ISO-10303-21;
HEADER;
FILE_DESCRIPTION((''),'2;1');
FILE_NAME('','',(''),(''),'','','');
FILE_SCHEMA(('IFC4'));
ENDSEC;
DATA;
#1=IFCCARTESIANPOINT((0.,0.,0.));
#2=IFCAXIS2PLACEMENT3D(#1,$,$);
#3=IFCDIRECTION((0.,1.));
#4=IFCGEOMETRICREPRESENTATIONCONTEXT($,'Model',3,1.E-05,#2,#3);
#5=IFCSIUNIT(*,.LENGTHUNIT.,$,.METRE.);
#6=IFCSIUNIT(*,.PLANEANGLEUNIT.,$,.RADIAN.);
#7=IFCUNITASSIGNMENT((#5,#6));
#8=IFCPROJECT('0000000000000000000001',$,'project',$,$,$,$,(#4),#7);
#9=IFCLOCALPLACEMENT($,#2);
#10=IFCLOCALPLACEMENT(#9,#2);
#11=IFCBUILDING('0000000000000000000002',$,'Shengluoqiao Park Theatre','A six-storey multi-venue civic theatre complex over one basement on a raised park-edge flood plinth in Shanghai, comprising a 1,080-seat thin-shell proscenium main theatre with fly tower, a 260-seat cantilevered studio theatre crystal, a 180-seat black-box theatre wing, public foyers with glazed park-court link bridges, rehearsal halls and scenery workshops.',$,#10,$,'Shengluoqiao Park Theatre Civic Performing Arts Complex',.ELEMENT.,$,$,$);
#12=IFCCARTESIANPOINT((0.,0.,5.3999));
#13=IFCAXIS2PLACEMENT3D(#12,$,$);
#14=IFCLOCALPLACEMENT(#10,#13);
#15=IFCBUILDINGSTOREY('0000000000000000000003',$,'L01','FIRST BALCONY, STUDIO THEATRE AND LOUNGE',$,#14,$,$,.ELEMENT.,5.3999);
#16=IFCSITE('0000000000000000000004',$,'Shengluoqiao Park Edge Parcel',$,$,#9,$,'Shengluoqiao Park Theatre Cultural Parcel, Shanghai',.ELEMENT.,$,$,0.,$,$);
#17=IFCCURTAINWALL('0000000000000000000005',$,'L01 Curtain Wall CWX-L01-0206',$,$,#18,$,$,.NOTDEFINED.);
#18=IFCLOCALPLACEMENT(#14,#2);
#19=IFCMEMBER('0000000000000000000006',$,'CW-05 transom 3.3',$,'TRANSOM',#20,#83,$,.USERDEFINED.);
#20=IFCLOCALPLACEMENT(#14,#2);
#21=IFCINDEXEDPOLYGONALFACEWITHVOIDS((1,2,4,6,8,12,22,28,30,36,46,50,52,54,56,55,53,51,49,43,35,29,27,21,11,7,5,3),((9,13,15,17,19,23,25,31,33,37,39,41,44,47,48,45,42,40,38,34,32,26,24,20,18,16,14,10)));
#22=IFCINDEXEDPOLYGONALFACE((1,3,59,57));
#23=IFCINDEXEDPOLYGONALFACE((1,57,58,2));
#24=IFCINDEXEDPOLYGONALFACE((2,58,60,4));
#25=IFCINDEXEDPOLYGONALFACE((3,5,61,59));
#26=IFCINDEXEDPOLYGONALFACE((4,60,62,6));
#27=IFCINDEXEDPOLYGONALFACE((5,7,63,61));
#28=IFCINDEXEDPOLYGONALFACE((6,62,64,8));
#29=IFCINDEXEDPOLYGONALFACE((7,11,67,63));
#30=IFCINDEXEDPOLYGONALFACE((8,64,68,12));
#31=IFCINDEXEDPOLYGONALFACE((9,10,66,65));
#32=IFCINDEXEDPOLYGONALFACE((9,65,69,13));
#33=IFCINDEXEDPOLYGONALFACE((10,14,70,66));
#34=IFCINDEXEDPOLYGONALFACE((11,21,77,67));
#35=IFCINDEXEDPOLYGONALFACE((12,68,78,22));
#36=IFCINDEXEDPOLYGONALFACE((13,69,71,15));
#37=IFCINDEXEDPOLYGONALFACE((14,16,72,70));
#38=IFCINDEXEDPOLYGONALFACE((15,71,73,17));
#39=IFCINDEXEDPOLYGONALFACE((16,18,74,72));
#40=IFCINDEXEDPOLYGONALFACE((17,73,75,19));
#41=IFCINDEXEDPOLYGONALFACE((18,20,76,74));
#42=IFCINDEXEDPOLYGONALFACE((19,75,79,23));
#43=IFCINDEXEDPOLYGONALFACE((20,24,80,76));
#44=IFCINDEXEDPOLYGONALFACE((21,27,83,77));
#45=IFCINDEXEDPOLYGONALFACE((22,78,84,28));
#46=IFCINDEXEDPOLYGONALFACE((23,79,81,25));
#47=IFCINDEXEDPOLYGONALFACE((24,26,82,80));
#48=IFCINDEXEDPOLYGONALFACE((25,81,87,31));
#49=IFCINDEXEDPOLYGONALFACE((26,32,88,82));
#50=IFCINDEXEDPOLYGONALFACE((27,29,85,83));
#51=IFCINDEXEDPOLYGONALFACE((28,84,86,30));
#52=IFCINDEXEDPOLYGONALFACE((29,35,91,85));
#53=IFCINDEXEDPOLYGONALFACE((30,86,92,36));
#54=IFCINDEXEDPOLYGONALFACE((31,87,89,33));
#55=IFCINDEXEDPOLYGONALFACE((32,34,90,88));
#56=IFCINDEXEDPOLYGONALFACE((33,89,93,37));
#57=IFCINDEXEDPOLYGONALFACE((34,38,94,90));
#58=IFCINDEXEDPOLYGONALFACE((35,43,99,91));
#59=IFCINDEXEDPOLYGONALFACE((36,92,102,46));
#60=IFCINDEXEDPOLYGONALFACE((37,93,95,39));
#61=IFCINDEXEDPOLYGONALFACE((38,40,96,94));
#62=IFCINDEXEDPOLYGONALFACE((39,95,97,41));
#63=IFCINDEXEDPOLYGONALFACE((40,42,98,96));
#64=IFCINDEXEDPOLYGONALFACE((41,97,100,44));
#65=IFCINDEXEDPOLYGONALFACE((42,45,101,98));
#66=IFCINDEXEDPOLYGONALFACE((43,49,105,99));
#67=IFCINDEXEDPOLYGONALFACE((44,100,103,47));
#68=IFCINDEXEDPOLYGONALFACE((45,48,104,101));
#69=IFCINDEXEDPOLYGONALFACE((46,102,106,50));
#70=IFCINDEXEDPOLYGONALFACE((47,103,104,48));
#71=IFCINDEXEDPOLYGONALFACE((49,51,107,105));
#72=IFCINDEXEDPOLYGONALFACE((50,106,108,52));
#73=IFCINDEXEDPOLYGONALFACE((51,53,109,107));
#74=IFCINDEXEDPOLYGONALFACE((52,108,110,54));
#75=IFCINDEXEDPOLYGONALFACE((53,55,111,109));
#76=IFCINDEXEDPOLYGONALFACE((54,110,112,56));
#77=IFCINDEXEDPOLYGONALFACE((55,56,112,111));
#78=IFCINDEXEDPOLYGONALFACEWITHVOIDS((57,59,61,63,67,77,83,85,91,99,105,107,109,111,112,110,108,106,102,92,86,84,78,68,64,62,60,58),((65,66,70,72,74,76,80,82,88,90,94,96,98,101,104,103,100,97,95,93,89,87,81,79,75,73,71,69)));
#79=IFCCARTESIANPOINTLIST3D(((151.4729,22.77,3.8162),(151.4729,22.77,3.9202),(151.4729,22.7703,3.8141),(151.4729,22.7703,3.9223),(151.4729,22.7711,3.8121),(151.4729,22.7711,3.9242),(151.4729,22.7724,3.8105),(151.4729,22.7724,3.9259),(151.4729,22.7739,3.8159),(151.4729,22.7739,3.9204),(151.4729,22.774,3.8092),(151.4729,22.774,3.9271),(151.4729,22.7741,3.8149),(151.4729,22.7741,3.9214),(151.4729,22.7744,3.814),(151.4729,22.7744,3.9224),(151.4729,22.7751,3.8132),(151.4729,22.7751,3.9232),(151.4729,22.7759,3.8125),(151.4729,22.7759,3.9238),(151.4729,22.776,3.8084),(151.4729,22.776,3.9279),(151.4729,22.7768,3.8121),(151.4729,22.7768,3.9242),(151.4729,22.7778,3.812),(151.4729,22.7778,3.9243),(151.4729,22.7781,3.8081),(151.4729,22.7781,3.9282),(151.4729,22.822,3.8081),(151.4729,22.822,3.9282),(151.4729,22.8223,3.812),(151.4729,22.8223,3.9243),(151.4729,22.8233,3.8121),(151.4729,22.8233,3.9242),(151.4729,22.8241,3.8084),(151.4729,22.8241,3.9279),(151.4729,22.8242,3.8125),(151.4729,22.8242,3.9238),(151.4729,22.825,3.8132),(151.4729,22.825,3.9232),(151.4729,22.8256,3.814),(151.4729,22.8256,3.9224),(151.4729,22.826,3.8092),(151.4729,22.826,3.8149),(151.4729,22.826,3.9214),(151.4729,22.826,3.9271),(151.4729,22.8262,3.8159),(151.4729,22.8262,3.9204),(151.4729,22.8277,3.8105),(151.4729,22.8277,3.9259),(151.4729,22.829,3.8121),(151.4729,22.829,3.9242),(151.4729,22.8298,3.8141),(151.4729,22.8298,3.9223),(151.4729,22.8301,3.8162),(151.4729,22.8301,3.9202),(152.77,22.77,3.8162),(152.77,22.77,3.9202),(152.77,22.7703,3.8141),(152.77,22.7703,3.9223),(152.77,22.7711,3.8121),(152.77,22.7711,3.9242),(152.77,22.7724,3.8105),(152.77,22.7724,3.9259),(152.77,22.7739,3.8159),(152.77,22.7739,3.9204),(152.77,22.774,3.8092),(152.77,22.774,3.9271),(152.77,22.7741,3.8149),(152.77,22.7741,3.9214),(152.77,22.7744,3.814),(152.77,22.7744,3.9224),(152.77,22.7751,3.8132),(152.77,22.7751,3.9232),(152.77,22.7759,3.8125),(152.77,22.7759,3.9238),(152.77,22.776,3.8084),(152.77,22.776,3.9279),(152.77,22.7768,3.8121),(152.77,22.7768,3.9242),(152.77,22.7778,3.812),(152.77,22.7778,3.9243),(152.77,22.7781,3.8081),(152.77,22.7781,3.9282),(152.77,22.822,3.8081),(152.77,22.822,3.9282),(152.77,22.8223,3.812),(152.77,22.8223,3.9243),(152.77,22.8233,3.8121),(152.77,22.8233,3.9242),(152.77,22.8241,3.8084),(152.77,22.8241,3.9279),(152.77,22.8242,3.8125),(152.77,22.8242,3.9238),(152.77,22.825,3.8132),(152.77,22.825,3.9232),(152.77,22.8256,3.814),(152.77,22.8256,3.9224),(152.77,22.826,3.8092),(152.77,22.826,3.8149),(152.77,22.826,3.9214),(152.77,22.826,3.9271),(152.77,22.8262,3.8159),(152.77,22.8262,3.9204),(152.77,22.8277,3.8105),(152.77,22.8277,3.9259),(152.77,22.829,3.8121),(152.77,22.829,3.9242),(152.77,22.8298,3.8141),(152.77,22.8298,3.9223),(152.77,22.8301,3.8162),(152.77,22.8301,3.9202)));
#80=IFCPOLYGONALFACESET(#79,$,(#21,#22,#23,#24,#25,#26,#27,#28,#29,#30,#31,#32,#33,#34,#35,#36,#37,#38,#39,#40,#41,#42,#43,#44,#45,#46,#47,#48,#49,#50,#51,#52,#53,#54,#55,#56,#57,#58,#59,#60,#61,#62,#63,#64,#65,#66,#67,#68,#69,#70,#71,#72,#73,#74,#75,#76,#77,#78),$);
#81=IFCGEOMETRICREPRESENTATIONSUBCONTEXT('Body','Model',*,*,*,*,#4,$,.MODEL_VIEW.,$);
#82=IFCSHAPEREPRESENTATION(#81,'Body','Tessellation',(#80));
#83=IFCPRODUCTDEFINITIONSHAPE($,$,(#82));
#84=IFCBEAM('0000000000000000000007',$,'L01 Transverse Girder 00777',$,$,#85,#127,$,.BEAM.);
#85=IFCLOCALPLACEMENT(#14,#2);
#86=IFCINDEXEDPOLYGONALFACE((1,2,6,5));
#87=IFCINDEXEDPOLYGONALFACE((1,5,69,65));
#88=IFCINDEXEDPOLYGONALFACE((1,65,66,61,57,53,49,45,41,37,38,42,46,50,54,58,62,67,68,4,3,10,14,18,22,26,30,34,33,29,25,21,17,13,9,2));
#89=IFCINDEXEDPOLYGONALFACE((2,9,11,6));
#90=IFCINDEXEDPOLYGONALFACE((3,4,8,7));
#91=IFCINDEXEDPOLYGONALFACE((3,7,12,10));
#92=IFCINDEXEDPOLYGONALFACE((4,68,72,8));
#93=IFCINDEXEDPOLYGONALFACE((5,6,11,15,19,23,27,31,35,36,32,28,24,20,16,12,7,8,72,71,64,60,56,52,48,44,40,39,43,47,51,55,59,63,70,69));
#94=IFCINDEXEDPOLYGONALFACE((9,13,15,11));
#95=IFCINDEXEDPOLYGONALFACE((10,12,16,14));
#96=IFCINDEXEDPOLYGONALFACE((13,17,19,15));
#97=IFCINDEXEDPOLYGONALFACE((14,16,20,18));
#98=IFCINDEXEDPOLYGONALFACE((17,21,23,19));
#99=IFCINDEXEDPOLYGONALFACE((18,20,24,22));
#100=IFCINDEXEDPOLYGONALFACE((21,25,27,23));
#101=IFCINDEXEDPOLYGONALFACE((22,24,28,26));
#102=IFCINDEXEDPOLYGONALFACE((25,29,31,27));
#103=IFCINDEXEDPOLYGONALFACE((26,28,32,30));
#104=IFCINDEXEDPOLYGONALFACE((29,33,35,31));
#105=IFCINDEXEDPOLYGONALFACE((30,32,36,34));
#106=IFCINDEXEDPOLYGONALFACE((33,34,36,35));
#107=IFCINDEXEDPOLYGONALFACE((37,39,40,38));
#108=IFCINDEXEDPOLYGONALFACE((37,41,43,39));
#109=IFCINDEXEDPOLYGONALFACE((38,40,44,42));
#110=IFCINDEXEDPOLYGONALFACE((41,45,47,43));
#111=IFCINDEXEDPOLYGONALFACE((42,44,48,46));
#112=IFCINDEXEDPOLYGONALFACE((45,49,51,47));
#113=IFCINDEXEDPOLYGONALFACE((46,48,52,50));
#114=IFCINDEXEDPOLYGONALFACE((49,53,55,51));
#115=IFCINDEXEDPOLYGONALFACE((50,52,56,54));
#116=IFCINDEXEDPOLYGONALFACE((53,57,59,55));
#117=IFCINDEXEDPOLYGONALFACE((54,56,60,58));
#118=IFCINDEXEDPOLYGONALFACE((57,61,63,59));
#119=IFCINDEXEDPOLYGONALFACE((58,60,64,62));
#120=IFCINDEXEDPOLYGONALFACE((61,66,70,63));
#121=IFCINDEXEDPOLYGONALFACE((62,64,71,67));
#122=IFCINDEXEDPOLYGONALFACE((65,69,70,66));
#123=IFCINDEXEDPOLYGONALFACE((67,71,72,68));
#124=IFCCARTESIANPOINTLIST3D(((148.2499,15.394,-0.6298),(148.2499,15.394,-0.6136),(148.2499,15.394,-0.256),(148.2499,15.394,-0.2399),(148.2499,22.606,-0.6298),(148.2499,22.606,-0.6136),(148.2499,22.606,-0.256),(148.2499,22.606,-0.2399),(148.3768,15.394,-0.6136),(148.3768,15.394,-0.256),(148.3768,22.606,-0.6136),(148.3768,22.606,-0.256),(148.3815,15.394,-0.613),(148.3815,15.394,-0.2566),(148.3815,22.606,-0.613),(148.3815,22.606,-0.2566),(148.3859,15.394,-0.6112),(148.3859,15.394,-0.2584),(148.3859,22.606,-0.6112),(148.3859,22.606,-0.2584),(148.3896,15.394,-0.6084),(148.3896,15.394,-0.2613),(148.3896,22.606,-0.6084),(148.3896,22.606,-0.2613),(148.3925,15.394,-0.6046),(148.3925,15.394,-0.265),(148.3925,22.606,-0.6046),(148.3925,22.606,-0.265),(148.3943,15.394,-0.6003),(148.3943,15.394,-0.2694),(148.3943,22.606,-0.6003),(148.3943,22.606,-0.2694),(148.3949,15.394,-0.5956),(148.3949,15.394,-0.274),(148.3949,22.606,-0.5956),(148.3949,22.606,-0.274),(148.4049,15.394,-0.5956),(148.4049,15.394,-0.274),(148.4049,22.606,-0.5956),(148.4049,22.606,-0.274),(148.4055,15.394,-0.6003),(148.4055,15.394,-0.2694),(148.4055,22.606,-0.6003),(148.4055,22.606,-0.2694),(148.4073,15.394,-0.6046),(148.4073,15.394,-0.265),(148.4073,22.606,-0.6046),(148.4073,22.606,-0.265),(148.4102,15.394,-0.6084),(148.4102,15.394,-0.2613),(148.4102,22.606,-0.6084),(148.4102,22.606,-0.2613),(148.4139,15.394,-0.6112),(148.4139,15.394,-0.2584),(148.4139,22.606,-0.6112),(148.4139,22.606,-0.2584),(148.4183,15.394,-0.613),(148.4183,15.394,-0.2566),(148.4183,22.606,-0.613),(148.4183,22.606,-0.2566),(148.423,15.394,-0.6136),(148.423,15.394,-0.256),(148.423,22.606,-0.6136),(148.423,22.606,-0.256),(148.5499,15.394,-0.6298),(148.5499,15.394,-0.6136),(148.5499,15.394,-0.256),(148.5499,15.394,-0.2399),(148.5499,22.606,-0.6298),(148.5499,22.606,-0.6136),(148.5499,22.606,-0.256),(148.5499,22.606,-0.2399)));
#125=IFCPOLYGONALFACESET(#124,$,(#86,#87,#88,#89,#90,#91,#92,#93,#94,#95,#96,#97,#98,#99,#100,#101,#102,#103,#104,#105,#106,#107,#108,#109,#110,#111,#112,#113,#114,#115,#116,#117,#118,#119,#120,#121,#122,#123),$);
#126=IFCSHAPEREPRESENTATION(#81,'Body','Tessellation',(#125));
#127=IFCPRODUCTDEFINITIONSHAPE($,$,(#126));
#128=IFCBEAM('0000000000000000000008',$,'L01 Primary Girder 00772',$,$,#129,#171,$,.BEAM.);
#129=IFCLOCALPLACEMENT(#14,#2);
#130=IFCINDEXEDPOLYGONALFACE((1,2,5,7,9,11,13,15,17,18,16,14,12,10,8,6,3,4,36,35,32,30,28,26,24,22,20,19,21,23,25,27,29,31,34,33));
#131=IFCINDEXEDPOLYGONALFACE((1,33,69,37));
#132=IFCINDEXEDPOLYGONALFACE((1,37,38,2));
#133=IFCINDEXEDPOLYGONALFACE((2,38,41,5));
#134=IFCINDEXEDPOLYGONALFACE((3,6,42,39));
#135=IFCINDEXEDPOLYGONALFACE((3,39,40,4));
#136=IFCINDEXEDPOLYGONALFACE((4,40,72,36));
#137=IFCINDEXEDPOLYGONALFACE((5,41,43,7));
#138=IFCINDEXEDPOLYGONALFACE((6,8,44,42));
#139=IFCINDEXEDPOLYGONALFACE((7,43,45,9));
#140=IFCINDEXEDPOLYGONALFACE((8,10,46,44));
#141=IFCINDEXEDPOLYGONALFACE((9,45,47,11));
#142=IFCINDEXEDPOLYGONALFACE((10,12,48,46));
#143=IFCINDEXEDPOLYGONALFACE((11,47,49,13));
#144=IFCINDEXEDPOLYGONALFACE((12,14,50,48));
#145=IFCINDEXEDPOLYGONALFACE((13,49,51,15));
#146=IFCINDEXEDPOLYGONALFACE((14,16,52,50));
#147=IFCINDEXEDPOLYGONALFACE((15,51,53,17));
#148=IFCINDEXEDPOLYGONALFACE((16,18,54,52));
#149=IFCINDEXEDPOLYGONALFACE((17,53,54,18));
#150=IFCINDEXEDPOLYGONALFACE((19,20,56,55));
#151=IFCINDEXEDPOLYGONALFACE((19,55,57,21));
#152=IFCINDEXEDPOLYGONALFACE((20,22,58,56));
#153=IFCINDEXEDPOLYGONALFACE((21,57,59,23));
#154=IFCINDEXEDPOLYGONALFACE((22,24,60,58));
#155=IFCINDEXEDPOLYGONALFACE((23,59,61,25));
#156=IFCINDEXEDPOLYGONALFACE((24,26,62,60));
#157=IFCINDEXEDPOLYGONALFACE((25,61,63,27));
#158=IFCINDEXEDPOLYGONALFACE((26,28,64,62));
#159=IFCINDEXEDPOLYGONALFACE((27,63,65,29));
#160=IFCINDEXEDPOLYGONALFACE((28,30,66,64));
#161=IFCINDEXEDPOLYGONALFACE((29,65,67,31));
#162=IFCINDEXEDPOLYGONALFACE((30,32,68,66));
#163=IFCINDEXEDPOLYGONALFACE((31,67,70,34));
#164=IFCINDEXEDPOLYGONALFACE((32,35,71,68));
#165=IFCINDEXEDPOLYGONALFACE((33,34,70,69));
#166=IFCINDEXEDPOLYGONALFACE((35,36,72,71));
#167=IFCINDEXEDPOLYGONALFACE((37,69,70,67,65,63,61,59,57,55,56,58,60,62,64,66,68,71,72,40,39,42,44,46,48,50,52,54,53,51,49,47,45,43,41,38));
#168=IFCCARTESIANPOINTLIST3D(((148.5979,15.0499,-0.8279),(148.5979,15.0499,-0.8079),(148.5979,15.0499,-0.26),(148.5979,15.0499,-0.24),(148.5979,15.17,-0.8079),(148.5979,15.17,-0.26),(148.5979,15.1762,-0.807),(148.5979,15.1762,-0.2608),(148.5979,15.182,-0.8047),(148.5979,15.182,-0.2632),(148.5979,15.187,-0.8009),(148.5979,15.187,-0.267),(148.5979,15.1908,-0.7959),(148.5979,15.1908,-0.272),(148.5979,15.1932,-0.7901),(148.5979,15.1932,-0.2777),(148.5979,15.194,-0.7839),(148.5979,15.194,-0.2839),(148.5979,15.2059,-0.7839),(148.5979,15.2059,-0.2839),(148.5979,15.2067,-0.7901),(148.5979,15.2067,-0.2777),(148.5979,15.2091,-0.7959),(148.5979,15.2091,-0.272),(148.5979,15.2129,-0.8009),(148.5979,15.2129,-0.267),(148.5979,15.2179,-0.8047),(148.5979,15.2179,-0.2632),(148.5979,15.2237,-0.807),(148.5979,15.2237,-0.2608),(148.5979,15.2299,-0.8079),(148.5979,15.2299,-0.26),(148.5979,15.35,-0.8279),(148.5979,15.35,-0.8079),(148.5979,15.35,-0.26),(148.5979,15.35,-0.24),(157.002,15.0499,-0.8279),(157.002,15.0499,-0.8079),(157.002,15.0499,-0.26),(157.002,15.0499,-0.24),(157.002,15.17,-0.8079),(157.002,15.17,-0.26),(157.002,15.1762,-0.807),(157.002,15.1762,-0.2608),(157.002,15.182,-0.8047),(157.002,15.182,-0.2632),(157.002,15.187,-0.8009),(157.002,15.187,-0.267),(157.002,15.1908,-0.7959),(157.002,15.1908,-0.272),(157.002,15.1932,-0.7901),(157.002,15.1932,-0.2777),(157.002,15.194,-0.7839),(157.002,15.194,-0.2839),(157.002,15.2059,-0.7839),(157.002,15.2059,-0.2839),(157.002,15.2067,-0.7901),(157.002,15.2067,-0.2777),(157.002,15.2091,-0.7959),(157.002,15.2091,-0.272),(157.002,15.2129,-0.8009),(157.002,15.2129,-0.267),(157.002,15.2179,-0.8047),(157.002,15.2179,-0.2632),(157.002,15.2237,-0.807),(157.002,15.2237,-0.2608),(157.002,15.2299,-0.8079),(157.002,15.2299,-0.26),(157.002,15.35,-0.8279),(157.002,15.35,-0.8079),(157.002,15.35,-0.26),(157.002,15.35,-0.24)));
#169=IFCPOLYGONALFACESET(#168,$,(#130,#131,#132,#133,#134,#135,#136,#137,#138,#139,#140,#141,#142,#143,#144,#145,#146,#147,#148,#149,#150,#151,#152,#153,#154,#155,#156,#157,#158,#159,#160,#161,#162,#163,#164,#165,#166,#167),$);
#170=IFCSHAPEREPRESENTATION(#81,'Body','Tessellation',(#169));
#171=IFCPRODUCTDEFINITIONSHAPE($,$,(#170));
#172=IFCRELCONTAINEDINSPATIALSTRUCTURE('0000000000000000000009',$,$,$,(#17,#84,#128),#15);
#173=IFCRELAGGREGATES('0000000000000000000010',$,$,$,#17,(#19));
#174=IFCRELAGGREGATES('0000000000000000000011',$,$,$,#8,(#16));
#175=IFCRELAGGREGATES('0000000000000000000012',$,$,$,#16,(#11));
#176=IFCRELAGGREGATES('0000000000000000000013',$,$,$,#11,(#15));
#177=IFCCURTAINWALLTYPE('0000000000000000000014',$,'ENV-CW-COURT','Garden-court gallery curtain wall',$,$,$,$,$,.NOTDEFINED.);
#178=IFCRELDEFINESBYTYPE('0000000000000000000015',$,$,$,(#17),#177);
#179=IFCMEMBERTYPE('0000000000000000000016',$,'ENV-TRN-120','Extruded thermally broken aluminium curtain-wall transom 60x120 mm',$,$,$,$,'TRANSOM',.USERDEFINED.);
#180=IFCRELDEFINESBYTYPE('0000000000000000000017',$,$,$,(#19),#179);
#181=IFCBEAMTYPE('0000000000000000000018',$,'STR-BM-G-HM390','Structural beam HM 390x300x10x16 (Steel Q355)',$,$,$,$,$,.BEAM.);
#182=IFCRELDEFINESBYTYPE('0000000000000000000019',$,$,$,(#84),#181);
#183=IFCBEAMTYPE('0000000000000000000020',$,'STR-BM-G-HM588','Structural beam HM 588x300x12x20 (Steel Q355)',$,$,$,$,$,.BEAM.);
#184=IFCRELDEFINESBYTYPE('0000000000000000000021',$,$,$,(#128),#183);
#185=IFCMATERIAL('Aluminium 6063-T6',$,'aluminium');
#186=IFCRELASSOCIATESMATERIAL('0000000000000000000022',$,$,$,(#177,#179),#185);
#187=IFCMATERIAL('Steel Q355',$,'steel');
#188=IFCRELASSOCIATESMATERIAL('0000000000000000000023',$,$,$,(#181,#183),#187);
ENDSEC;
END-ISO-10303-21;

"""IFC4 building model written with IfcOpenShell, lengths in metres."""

from ifc_helpers import new_model, si_unit, direction, frame, origin, origin_2d, place, context, subcontext, project, spatial, hollow_rectangle, i_section, extrude, material, material_profile, profile_set, type_object, element, aggregate, save


model = new_model("IFC4")

# Units and contexts
model_context = context("Model", 3, precision=1e-05, world=origin(), true_north=direction((0.0, 1.0)))
body_context = subcontext(model_context, "Body", "Model", "MODEL_VIEW")
ifc_project = project(units=[si_unit("LENGTHUNIT", "METRE"), si_unit("PLANEANGLEUNIT", "RADIAN")], contexts=[model_context])

# Site, building, storey
site_placement = place(None, origin())
site = spatial("IfcSite", under=ifc_project, at=site_placement, Name="Shengluoqiao Park Edge Parcel", LongName="Shengluoqiao Park Theatre Cultural Parcel, Shanghai", CompositionType="ELEMENT", RefElevation=0.0)
building_placement = place(site_placement, origin())
building = spatial("IfcBuilding", under=site, at=building_placement, Name="Shengluoqiao Park Theatre", Description="A six-storey multi-venue civic theatre complex over one basement on a raised park-edge flood plinth in Shanghai, comprising a 1,080-seat thin-shell proscenium main theatre with fly tower, a 260-seat cantilevered studio theatre crystal, a 180-seat black-box theatre wing, public foyers with glazed park-court link bridges, rehearsal halls and scenery workshops.", LongName="Shengluoqiao Park Theatre Civic Performing Arts Complex", CompositionType="ELEMENT")
storey_placement = place(building_placement, frame((0.0, 0.0, 5.3999)))
storey = spatial("IfcBuildingStorey", under=building, at=storey_placement, Name="L01", Description="FIRST BALCONY, STUDIO THEATRE AND LOUNGE", CompositionType="ELEMENT", Elevation=5.3999)

# Shared definitions
ifc_material_1 = material(Name="Aluminium 6063-T6", Category="aluminium")
curtain_wall_type = type_object("IfcCurtainWallType", Name="ENV-CW-COURT", Description="Garden-court gallery curtain wall", PredefinedType="NOTDEFINED", material=ifc_material_1)

# Curtain wall, member
curtain_wall_1_placement = place(storey_placement, origin())
curtain_wall_1 = element("IfcCurtainWall", 1, at=curtain_wall_1_placement, inside=storey, type_object=curtain_wall_type, Name="L01 Curtain Wall CWX-L01-0206", PredefinedType="NOTDEFINED")
ifc_material_profile_1 = material_profile(ifc_material_1, hollow_rectangle(XDim=0.0601, YDim=0.1201, WallThickness=0.0039, InnerFilletRadius=0.0039, OuterFilletRadius=0.0081, at=origin_2d()), Name="ALU TRANSOM 120x60x4")
ifc_profile_set_1 = profile_set([ifc_material_profile_1], Name="Aluminium 6063-T6")
member_type_1 = type_object("IfcMemberType", Name="ENV-TRN-120", Description="Extruded thermally broken aluminium curtain-wall transom 60x120 mm", ElementType="TRANSOM", PredefinedType="USERDEFINED", material=ifc_profile_set_1)
member_1_placement = place(storey_placement, frame((151.4729, 22.8, 3.8682), z_axis=(1.0, 0.0, 0.0), x_axis=(0.0, 1.0, 0.0)))
member_1 = element("IfcMember", 2, at=member_1_placement, type_object=member_type_1, Name="CW-05 transom 3.3", ObjectType="TRANSOM", PredefinedType="USERDEFINED", context=body_context, shape_type="SweptSolid", body=[
    extrude(hollow_rectangle(XDim=0.0601, YDim=0.1201, WallThickness=0.0039, InnerFilletRadius=0.0039, OuterFilletRadius=0.0081, at=origin_2d()), origin(), (0.0, 0.0, 1.0), 1.2971),
])

# Beams
ifc_material_2 = material(Name="Steel Q355", Category="steel")
ifc_material_profile_2 = material_profile(ifc_material_2, i_section(OverallWidth=0.3, OverallDepth=0.3899, WebThickness=0.01, FlangeThickness=0.0161, FilletRadius=0.0181, at=origin_2d()), Name="HM 390x300x10x16")
ifc_profile_set_2 = profile_set([ifc_material_profile_2], Name="Steel Q355")
beam_type_1 = type_object("IfcBeamType", Name="STR-BM-G-HM390", Description="Structural beam HM 390x300x10x16 (Steel Q355)", PredefinedType="BEAM", material=ifc_profile_set_2)
beam_1_placement = place(storey_placement, frame((148.3999, 15.394, -0.4348), z_axis=(0.0, 1.0, 0.0), x_axis=(-1.0, 0.0, 0.0)))
element("IfcBeam", 3, at=beam_1_placement, inside=storey, type_object=beam_type_1, Name="L01 Transverse Girder 00777", PredefinedType="BEAM", context=body_context, shape_type="SweptSolid", body=[
    extrude(i_section(OverallWidth=0.3, OverallDepth=0.3899, WebThickness=0.01, FlangeThickness=0.0161, FilletRadius=0.0181, at=origin_2d()), origin(), (0.0, 0.0, 1.0), 7.2119),
])
ifc_material_profile_3 = material_profile(ifc_material_2, i_section(OverallWidth=0.3, OverallDepth=0.5879, WebThickness=0.012, FlangeThickness=0.02, FilletRadius=0.0239, at=origin_2d()), Name="HM 588x300x12x20")
ifc_profile_set_3 = profile_set([ifc_material_profile_3], Name="Steel Q355")
beam_type_2 = type_object("IfcBeamType", Name="STR-BM-G-HM588", Description="Structural beam HM 588x300x12x20 (Steel Q355)", PredefinedType="BEAM", material=ifc_profile_set_3)
for number, where, z_axis, x_axis, name in (
    (4, (148.5979, 15.2, -0.5339), (1.0, 0.0, 0.0), (0.0, 1.0, 0.0), "L01 Primary Girder 00772"),
):
    element("IfcBeam", number, at=place(storey_placement, frame(where, z_axis=z_axis, x_axis=x_axis)), inside=storey, type_object=beam_type_2, Name=name, PredefinedType="BEAM", context=body_context, shape_type="SweptSolid", body=[
        extrude(i_section(OverallWidth=0.3, OverallDepth=0.5879, WebThickness=0.012, FlangeThickness=0.02, FilletRadius=0.0239, at=origin_2d()), origin(), (0.0, 0.0, 1.0), 8.4041),
    ])

aggregate(curtain_wall_1, [member_1])

save(model, "model.ifc")
